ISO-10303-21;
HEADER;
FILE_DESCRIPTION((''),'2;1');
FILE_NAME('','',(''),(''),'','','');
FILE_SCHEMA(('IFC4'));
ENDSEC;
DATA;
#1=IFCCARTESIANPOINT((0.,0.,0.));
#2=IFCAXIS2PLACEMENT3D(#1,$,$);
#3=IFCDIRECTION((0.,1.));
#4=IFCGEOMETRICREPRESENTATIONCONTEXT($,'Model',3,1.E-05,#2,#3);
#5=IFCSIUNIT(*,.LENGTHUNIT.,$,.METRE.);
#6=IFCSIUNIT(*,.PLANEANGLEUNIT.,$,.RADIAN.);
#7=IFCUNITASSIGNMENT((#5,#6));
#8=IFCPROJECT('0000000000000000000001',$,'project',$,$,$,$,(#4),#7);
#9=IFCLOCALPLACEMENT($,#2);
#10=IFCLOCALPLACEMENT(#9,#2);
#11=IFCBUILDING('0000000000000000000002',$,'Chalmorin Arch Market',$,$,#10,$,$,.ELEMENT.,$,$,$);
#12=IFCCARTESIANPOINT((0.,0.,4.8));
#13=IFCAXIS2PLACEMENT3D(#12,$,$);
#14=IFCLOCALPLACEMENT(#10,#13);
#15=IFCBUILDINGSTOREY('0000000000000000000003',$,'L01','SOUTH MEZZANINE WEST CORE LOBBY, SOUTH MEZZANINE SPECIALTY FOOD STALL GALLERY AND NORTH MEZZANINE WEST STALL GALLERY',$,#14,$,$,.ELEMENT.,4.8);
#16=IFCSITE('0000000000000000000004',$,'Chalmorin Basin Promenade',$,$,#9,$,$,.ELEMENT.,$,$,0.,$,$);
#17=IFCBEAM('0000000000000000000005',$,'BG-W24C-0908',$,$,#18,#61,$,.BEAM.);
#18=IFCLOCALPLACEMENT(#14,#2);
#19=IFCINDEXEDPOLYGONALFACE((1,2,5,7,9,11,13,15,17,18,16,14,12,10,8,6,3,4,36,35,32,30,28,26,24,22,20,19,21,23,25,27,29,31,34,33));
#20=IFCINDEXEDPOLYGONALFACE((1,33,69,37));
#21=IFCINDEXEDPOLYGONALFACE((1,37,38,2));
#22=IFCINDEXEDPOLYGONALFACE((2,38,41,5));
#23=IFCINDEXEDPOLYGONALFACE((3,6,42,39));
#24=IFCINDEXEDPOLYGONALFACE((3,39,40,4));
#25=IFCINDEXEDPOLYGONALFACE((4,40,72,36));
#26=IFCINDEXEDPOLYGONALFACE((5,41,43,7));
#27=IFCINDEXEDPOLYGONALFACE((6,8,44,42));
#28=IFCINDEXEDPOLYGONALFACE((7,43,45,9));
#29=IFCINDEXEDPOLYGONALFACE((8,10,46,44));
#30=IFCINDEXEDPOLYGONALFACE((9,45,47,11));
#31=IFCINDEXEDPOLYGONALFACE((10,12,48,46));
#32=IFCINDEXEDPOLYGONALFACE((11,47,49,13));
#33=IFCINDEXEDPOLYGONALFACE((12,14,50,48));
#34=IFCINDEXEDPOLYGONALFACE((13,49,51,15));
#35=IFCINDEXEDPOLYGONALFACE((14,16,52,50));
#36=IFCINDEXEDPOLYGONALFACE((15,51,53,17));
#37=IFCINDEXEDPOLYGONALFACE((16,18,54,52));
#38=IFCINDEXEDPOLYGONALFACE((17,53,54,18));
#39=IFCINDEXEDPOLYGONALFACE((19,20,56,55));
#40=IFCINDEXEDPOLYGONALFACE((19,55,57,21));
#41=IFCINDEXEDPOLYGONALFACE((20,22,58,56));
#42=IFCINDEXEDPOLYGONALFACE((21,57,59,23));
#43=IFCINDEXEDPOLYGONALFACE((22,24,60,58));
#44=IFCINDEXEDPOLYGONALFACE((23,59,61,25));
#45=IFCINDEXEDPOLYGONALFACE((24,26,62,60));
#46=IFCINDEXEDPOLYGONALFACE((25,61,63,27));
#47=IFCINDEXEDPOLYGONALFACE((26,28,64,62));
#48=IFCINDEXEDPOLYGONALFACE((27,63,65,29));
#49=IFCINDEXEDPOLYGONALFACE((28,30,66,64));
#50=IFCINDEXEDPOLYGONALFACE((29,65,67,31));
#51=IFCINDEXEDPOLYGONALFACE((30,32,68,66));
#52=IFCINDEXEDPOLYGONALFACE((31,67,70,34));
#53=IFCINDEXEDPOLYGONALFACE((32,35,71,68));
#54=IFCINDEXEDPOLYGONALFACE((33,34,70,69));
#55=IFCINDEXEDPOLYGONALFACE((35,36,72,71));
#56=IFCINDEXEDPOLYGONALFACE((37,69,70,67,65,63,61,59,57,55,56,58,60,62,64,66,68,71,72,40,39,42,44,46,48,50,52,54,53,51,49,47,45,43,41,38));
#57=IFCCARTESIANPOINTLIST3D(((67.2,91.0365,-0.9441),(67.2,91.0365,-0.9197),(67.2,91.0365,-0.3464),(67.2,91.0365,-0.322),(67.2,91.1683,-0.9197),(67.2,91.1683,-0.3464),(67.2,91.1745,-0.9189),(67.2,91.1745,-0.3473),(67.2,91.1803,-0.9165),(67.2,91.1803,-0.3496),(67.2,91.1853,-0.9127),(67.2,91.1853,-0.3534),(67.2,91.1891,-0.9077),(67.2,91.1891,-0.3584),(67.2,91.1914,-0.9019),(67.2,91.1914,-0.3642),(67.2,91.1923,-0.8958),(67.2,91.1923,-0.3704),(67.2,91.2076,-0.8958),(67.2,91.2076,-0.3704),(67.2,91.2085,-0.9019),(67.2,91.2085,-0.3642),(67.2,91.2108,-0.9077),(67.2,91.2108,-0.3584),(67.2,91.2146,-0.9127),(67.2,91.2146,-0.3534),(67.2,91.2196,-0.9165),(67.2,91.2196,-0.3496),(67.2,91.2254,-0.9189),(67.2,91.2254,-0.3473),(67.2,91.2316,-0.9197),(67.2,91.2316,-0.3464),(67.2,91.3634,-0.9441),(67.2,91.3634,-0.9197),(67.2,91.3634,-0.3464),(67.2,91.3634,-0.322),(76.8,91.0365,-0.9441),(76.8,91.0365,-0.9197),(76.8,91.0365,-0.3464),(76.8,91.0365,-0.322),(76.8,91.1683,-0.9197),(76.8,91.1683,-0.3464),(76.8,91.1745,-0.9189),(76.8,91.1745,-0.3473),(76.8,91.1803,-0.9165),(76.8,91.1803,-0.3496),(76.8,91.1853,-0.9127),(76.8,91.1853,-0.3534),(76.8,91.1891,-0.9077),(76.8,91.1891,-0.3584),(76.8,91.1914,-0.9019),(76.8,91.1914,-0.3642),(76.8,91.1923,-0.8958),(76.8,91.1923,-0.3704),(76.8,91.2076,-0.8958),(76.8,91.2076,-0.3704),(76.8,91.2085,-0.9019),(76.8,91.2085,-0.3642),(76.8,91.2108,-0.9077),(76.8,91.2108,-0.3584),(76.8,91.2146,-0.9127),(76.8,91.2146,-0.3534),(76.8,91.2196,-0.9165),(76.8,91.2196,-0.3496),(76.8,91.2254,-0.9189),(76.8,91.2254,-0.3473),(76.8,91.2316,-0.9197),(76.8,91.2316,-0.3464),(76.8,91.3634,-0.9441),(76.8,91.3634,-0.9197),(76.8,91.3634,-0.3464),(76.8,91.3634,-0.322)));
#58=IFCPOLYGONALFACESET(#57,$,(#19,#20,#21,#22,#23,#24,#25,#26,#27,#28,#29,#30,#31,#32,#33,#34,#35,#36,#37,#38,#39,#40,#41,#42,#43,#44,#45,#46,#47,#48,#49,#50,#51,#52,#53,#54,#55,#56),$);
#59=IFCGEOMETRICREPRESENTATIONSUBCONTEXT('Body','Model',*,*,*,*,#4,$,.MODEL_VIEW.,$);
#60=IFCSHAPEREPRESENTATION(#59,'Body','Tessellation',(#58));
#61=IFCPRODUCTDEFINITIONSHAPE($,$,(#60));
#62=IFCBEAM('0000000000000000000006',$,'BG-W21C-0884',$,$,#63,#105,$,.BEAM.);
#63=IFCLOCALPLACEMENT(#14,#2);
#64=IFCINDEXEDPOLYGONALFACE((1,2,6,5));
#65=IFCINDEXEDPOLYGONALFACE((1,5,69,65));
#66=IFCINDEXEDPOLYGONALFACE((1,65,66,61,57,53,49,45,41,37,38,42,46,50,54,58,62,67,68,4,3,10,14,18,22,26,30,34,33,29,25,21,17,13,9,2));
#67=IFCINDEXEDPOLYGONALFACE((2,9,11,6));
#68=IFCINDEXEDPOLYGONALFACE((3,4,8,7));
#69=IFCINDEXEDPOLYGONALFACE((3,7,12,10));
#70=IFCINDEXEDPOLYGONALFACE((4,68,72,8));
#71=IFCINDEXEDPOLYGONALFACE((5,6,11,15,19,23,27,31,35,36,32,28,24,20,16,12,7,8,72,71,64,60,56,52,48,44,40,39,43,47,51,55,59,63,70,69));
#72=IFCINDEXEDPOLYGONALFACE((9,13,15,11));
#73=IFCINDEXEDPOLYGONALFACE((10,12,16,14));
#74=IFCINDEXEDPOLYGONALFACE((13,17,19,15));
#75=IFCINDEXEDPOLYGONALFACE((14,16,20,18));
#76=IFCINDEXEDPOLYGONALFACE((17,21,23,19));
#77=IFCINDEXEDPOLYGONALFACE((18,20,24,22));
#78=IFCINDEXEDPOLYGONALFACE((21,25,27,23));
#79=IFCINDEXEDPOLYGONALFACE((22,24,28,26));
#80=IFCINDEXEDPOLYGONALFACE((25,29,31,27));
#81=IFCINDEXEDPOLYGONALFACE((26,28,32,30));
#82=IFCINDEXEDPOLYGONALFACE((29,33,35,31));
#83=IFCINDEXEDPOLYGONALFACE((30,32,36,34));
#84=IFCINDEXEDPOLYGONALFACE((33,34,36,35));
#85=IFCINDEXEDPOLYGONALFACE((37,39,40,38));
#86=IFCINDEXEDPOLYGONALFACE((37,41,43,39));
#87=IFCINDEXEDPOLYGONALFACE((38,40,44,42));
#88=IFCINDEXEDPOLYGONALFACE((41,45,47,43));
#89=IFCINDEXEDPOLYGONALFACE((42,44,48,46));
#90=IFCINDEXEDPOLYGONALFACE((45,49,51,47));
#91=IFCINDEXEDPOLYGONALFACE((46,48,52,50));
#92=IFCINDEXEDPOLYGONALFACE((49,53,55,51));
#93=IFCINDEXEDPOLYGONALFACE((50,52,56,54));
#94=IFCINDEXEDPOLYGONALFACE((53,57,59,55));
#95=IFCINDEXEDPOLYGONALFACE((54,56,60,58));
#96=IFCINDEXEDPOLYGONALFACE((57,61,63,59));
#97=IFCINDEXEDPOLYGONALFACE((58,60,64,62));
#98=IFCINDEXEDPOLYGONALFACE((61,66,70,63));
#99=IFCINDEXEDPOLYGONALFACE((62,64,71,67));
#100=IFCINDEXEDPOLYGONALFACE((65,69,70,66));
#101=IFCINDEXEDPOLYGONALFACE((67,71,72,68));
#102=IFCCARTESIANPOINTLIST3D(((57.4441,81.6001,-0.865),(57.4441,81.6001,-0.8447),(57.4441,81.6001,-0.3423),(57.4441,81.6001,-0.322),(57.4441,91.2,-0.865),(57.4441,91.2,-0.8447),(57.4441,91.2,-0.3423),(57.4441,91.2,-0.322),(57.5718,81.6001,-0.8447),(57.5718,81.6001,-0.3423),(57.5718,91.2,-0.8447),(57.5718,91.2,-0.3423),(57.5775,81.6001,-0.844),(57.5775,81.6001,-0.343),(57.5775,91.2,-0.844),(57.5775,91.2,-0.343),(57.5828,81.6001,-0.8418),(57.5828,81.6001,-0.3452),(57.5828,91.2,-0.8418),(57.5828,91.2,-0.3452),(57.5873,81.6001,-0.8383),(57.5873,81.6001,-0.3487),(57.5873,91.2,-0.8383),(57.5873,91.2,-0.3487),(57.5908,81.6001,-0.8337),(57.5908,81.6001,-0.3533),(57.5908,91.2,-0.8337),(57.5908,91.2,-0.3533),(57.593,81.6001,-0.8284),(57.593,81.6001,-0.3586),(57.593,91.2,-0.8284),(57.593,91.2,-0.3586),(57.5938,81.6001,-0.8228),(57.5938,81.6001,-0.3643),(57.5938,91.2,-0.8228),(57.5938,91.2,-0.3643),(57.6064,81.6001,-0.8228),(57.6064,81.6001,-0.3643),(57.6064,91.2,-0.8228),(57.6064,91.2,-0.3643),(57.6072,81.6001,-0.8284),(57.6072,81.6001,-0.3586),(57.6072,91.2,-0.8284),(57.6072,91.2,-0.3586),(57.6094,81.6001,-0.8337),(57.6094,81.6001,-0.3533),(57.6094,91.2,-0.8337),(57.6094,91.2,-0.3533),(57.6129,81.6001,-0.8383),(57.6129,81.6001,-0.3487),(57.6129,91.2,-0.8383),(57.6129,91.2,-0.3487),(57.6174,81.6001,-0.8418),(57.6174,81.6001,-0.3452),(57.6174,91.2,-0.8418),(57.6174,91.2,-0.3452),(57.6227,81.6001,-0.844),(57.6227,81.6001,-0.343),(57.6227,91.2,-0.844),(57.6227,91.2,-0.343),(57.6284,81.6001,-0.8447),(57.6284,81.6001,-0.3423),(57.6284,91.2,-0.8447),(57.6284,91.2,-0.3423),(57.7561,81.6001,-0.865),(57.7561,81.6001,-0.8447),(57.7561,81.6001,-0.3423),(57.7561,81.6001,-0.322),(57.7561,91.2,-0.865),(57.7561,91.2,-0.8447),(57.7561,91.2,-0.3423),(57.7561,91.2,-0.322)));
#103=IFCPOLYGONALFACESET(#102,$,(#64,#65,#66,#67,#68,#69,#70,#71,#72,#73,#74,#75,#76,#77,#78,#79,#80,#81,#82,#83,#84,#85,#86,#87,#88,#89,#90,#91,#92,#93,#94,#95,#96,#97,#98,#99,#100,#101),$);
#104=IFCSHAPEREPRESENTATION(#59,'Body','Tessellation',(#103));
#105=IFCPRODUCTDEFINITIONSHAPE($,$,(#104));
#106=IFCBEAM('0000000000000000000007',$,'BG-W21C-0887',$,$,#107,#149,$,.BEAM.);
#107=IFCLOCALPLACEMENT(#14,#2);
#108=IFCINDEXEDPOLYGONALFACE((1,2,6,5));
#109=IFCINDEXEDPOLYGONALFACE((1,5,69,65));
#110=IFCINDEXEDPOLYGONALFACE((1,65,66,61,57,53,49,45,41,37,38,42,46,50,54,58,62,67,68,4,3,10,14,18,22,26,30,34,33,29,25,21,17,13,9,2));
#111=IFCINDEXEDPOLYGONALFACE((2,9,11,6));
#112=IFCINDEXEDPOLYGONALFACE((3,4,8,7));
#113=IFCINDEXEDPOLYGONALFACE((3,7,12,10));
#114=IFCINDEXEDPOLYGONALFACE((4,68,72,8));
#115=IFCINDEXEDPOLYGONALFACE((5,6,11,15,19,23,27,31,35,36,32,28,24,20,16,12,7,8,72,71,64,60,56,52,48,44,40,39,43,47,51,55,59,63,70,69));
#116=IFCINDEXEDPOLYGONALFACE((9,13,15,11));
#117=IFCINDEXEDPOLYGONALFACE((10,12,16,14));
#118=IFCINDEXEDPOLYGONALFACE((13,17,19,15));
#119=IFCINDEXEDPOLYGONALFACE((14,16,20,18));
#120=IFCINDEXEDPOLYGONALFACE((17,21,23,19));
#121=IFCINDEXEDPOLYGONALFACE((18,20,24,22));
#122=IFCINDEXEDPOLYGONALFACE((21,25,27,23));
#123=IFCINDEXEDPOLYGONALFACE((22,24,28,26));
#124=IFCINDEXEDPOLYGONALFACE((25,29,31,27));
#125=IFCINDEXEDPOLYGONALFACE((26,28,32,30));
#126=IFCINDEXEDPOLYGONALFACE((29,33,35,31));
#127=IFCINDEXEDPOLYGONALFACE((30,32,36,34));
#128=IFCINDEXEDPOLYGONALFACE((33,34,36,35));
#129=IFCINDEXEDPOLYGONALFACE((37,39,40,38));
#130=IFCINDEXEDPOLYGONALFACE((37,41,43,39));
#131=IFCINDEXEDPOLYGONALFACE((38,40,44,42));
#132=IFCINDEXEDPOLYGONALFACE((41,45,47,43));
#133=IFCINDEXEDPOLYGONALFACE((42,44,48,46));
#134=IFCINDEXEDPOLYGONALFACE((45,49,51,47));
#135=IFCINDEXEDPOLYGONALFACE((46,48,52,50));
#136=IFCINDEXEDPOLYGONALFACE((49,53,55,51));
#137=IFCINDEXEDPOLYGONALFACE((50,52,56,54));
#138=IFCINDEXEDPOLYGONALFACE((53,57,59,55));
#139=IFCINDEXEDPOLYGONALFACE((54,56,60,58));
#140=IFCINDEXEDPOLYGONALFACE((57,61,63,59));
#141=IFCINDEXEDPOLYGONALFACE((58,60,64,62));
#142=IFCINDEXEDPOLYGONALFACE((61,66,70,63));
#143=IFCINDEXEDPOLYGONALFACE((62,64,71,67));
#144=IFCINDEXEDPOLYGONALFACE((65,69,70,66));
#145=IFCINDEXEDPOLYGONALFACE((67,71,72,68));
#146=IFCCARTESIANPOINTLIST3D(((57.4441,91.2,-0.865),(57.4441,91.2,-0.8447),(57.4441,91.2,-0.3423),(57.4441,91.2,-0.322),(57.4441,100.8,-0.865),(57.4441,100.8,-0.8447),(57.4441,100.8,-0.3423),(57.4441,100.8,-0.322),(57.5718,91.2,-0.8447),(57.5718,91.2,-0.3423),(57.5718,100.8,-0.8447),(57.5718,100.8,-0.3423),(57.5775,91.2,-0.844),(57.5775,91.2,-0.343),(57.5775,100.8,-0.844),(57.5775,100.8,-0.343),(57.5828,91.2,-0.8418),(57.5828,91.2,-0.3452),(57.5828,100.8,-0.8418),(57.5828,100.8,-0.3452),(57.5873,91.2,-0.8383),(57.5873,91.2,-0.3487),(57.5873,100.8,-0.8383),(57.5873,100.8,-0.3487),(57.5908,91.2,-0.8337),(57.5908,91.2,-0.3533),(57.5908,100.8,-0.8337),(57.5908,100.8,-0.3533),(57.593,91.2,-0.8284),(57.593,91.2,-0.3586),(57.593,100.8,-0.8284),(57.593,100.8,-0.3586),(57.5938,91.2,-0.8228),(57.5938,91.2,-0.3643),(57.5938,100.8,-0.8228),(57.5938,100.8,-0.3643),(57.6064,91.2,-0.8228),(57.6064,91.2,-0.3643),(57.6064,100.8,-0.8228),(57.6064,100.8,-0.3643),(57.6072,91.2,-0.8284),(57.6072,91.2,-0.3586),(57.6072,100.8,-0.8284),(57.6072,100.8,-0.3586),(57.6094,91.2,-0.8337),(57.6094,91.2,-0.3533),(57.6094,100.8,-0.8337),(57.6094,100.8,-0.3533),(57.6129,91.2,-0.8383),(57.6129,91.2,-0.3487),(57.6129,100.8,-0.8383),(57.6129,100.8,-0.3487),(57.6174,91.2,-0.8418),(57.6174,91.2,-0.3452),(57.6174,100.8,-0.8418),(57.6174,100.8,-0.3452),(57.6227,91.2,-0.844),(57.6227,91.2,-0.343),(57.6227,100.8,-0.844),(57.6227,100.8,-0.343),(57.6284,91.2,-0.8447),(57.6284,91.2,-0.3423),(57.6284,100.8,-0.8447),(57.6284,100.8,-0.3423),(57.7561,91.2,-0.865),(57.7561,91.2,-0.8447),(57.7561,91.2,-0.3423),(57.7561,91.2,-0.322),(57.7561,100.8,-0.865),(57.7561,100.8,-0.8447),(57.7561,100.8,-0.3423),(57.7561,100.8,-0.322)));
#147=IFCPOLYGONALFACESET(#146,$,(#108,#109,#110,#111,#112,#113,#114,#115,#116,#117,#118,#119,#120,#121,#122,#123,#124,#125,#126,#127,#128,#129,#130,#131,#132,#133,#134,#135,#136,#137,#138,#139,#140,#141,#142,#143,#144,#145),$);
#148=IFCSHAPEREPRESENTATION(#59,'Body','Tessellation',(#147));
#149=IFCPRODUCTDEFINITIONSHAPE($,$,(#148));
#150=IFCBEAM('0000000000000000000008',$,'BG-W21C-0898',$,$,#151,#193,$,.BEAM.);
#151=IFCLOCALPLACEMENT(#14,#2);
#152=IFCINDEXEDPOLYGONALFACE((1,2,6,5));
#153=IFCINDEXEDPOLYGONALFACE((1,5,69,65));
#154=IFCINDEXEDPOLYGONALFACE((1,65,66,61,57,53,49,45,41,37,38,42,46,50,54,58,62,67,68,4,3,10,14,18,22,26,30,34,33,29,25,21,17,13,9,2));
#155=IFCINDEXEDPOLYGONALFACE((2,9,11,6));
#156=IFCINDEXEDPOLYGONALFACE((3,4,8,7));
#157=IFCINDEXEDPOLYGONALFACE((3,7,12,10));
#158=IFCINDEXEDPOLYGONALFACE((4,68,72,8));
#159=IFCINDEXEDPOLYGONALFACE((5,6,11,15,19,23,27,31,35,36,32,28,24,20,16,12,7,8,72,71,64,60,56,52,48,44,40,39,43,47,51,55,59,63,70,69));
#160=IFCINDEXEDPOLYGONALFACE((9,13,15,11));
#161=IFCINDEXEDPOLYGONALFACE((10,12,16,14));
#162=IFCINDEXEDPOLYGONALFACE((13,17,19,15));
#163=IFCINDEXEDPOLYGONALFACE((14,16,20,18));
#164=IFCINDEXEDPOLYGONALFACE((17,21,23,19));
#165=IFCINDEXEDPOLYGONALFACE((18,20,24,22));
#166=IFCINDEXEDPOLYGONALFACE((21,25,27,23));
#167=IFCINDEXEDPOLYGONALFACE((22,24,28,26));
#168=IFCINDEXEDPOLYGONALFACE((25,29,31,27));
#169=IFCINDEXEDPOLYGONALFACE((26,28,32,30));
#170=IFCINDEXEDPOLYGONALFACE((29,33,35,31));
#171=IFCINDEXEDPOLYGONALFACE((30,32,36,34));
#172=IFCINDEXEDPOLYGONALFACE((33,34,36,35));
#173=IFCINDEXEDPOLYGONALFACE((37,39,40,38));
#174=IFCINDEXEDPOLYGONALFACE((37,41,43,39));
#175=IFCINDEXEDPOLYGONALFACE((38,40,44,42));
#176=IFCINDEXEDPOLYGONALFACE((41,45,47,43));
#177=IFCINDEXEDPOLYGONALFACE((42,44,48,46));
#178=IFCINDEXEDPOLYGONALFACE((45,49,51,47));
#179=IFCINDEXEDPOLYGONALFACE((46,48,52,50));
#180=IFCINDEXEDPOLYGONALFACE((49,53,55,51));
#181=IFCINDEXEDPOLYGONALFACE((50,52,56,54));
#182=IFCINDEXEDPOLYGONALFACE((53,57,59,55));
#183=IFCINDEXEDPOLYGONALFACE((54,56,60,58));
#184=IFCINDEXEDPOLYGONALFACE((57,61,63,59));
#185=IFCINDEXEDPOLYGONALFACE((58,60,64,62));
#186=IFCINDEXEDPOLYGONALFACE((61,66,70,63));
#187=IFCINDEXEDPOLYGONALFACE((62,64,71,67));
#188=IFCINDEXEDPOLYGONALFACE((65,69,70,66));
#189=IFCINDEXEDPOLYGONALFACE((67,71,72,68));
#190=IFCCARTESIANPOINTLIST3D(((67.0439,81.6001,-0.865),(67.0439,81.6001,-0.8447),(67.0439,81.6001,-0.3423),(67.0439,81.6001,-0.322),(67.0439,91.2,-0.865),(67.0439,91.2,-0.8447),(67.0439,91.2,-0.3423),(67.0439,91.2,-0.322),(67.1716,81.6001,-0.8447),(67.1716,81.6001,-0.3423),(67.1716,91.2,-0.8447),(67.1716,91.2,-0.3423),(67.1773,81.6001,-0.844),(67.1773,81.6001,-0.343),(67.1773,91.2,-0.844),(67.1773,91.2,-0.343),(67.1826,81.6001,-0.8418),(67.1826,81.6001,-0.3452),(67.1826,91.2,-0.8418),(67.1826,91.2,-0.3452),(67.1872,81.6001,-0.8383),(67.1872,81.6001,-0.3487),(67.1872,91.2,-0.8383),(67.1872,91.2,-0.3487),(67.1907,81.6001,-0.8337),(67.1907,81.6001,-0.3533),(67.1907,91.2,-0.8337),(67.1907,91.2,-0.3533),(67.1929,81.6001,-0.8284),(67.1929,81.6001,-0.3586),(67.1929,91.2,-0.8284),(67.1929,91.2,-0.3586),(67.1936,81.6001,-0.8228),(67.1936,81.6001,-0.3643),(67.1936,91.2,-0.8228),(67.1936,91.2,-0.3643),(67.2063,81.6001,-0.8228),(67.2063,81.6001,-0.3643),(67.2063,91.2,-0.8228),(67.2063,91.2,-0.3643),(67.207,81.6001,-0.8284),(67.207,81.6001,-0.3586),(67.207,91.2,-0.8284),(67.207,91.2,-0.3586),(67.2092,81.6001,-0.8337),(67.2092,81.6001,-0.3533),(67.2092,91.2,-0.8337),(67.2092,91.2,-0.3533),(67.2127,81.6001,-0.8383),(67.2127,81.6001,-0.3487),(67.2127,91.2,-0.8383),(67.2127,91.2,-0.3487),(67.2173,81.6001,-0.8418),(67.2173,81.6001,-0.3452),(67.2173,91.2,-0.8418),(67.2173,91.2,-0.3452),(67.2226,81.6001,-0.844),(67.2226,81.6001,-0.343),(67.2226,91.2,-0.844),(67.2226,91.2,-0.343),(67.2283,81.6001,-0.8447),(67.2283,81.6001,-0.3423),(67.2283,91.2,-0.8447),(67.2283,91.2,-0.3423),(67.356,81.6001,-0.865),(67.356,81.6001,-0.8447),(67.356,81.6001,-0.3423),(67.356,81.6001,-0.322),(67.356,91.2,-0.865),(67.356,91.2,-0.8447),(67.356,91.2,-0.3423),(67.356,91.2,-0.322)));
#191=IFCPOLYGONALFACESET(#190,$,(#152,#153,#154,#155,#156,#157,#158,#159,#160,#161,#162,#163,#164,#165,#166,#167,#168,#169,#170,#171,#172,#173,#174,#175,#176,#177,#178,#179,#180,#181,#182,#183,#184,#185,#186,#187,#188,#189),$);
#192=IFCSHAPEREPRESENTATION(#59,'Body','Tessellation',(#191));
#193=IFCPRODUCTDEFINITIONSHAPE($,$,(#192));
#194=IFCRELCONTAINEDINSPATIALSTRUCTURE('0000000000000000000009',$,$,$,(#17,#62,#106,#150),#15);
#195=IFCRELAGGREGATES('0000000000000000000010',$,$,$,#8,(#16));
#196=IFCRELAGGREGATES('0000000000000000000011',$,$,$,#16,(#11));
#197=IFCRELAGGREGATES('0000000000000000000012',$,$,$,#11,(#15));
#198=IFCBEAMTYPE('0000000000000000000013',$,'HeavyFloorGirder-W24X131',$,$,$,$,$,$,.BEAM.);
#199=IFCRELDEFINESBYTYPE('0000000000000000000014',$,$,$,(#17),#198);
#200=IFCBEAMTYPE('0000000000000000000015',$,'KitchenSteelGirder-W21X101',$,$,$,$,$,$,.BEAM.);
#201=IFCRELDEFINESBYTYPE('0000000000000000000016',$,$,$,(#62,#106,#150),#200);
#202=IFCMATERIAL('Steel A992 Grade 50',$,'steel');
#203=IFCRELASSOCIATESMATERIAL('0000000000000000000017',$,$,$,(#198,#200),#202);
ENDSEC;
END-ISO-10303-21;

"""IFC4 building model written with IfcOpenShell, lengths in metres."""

from ifc_helpers import new_model, si_unit, direction, frame, origin, origin_2d, place, context, subcontext, project, spatial, i_section, extrude, material, material_profile, profile_set, type_object, element, save


model = new_model("IFC4")

# Units and contexts
model_context = context("Model", 3, precision=1e-05, world=origin(), true_north=direction((0.0, 1.0)))
body_context = subcontext(model_context, "Body", "Model", "MODEL_VIEW")
ifc_project = project(units=[si_unit("LENGTHUNIT", "METRE"), si_unit("PLANEANGLEUNIT", "RADIAN")], contexts=[model_context])

# Site, building, storey
site_placement = place(None, origin())
site = spatial("IfcSite", under=ifc_project, at=site_placement, Name="Chalmorin Basin Promenade", CompositionType="ELEMENT", RefElevation=0.0)
building_placement = place(site_placement, origin())
building = spatial("IfcBuilding", under=site, at=building_placement, Name="Chalmorin Arch Market", CompositionType="ELEMENT")
storey_placement = place(building_placement, frame((0.0, 0.0, 4.8)))
storey = spatial("IfcBuildingStorey", under=building, at=storey_placement, Name="L01", Description="SOUTH MEZZANINE WEST CORE LOBBY, SOUTH MEZZANINE SPECIALTY FOOD STALL GALLERY AND NORTH MEZZANINE WEST STALL GALLERY", CompositionType="ELEMENT", Elevation=4.8)

# Beams
ifc_material_1 = material(Name="Steel A992 Grade 50", Category="steel")
ifc_material_profile_1 = material_profile(ifc_material_1, i_section(OverallWidth=0.3269, OverallDepth=0.6221, WebThickness=0.0154, FlangeThickness=0.0244, FilletRadius=0.0239, at=origin_2d()), Name="W24X131")
ifc_profile_set_1 = profile_set([ifc_material_profile_1], Name="Steel A992 Grade 50")
beam_type_1 = type_object("IfcBeamType", Name="HeavyFloorGirder-W24X131", PredefinedType="BEAM", material=ifc_profile_set_1)
for number, where, z_axis, x_axis, name in (
    (1, (67.2, 91.2, -0.6331), (1.0, 0.0, 0.0), (0.0, 1.0, 0.0), "BG-W24C-0908"),
):
    element("IfcBeam", number, at=place(storey_placement, frame(where, z_axis=z_axis, x_axis=x_axis)), inside=storey, type_object=beam_type_1, Name=name, PredefinedType="BEAM", context=body_context, shape_type="SweptSolid", body=[
        extrude(i_section(OverallWidth=0.3269, OverallDepth=0.6221, WebThickness=0.0154, FlangeThickness=0.0244, FilletRadius=0.0239, at=origin_2d()), origin(), (0.0, 0.0, 1.0), 9.6001),
    ])
ifc_material_profile_2 = material_profile(ifc_material_1, i_section(OverallWidth=0.312, OverallDepth=0.543, WebThickness=0.0127, FlangeThickness=0.0203, FilletRadius=0.022, at=origin_2d()), Name="W21X101")
ifc_profile_set_2 = profile_set([ifc_material_profile_2], Name="Steel A992 Grade 50")
beam_type_2 = type_object("IfcBeamType", Name="KitchenSteelGirder-W21X101", PredefinedType="BEAM", material=ifc_profile_set_2)
beam_1_placement = place(storey_placement, frame((57.6001, 81.6001, -0.5935), z_axis=(0.0, 1.0, 0.0), x_axis=(-1.0, 0.0, 0.0)))
element("IfcBeam", 2, at=beam_1_placement, inside=storey, type_object=beam_type_2, Name="BG-W21C-0884", PredefinedType="BEAM", context=body_context, shape_type="SweptSolid", body=[
    extrude(i_section(OverallWidth=0.312, OverallDepth=0.543, WebThickness=0.0127, FlangeThickness=0.0203, FilletRadius=0.022, at=origin_2d()), origin(), (0.0, 0.0, 1.0), 9.5999),
])
beam_2_placement = place(storey_placement, frame((57.6001, 91.2, -0.5935), z_axis=(0.0, 1.0, 0.0), x_axis=(-1.0, 0.0, 0.0)))
element("IfcBeam", 3, at=beam_2_placement, inside=storey, type_object=beam_type_2, Name="BG-W21C-0887", PredefinedType="BEAM", context=body_context, shape_type="SweptSolid", body=[
    extrude(i_section(OverallWidth=0.312, OverallDepth=0.543, WebThickness=0.0127, FlangeThickness=0.0203, FilletRadius=0.022, at=origin_2d()), origin(), (0.0, 0.0, 1.0), 9.6001),
])
beam_3_placement = place(storey_placement, frame((67.2, 81.6001, -0.5935), z_axis=(0.0, 1.0, 0.0), x_axis=(-1.0, 0.0, 0.0)))
element("IfcBeam", 4, at=beam_3_placement, inside=storey, type_object=beam_type_2, Name="BG-W21C-0898", PredefinedType="BEAM", context=body_context, shape_type="SweptSolid", body=[
    extrude(i_section(OverallWidth=0.312, OverallDepth=0.543, WebThickness=0.0127, FlangeThickness=0.0203, FilletRadius=0.022, at=origin_2d()), origin(), (0.0, 0.0, 1.0), 9.5999),
])

save(model, "model.ifc")
